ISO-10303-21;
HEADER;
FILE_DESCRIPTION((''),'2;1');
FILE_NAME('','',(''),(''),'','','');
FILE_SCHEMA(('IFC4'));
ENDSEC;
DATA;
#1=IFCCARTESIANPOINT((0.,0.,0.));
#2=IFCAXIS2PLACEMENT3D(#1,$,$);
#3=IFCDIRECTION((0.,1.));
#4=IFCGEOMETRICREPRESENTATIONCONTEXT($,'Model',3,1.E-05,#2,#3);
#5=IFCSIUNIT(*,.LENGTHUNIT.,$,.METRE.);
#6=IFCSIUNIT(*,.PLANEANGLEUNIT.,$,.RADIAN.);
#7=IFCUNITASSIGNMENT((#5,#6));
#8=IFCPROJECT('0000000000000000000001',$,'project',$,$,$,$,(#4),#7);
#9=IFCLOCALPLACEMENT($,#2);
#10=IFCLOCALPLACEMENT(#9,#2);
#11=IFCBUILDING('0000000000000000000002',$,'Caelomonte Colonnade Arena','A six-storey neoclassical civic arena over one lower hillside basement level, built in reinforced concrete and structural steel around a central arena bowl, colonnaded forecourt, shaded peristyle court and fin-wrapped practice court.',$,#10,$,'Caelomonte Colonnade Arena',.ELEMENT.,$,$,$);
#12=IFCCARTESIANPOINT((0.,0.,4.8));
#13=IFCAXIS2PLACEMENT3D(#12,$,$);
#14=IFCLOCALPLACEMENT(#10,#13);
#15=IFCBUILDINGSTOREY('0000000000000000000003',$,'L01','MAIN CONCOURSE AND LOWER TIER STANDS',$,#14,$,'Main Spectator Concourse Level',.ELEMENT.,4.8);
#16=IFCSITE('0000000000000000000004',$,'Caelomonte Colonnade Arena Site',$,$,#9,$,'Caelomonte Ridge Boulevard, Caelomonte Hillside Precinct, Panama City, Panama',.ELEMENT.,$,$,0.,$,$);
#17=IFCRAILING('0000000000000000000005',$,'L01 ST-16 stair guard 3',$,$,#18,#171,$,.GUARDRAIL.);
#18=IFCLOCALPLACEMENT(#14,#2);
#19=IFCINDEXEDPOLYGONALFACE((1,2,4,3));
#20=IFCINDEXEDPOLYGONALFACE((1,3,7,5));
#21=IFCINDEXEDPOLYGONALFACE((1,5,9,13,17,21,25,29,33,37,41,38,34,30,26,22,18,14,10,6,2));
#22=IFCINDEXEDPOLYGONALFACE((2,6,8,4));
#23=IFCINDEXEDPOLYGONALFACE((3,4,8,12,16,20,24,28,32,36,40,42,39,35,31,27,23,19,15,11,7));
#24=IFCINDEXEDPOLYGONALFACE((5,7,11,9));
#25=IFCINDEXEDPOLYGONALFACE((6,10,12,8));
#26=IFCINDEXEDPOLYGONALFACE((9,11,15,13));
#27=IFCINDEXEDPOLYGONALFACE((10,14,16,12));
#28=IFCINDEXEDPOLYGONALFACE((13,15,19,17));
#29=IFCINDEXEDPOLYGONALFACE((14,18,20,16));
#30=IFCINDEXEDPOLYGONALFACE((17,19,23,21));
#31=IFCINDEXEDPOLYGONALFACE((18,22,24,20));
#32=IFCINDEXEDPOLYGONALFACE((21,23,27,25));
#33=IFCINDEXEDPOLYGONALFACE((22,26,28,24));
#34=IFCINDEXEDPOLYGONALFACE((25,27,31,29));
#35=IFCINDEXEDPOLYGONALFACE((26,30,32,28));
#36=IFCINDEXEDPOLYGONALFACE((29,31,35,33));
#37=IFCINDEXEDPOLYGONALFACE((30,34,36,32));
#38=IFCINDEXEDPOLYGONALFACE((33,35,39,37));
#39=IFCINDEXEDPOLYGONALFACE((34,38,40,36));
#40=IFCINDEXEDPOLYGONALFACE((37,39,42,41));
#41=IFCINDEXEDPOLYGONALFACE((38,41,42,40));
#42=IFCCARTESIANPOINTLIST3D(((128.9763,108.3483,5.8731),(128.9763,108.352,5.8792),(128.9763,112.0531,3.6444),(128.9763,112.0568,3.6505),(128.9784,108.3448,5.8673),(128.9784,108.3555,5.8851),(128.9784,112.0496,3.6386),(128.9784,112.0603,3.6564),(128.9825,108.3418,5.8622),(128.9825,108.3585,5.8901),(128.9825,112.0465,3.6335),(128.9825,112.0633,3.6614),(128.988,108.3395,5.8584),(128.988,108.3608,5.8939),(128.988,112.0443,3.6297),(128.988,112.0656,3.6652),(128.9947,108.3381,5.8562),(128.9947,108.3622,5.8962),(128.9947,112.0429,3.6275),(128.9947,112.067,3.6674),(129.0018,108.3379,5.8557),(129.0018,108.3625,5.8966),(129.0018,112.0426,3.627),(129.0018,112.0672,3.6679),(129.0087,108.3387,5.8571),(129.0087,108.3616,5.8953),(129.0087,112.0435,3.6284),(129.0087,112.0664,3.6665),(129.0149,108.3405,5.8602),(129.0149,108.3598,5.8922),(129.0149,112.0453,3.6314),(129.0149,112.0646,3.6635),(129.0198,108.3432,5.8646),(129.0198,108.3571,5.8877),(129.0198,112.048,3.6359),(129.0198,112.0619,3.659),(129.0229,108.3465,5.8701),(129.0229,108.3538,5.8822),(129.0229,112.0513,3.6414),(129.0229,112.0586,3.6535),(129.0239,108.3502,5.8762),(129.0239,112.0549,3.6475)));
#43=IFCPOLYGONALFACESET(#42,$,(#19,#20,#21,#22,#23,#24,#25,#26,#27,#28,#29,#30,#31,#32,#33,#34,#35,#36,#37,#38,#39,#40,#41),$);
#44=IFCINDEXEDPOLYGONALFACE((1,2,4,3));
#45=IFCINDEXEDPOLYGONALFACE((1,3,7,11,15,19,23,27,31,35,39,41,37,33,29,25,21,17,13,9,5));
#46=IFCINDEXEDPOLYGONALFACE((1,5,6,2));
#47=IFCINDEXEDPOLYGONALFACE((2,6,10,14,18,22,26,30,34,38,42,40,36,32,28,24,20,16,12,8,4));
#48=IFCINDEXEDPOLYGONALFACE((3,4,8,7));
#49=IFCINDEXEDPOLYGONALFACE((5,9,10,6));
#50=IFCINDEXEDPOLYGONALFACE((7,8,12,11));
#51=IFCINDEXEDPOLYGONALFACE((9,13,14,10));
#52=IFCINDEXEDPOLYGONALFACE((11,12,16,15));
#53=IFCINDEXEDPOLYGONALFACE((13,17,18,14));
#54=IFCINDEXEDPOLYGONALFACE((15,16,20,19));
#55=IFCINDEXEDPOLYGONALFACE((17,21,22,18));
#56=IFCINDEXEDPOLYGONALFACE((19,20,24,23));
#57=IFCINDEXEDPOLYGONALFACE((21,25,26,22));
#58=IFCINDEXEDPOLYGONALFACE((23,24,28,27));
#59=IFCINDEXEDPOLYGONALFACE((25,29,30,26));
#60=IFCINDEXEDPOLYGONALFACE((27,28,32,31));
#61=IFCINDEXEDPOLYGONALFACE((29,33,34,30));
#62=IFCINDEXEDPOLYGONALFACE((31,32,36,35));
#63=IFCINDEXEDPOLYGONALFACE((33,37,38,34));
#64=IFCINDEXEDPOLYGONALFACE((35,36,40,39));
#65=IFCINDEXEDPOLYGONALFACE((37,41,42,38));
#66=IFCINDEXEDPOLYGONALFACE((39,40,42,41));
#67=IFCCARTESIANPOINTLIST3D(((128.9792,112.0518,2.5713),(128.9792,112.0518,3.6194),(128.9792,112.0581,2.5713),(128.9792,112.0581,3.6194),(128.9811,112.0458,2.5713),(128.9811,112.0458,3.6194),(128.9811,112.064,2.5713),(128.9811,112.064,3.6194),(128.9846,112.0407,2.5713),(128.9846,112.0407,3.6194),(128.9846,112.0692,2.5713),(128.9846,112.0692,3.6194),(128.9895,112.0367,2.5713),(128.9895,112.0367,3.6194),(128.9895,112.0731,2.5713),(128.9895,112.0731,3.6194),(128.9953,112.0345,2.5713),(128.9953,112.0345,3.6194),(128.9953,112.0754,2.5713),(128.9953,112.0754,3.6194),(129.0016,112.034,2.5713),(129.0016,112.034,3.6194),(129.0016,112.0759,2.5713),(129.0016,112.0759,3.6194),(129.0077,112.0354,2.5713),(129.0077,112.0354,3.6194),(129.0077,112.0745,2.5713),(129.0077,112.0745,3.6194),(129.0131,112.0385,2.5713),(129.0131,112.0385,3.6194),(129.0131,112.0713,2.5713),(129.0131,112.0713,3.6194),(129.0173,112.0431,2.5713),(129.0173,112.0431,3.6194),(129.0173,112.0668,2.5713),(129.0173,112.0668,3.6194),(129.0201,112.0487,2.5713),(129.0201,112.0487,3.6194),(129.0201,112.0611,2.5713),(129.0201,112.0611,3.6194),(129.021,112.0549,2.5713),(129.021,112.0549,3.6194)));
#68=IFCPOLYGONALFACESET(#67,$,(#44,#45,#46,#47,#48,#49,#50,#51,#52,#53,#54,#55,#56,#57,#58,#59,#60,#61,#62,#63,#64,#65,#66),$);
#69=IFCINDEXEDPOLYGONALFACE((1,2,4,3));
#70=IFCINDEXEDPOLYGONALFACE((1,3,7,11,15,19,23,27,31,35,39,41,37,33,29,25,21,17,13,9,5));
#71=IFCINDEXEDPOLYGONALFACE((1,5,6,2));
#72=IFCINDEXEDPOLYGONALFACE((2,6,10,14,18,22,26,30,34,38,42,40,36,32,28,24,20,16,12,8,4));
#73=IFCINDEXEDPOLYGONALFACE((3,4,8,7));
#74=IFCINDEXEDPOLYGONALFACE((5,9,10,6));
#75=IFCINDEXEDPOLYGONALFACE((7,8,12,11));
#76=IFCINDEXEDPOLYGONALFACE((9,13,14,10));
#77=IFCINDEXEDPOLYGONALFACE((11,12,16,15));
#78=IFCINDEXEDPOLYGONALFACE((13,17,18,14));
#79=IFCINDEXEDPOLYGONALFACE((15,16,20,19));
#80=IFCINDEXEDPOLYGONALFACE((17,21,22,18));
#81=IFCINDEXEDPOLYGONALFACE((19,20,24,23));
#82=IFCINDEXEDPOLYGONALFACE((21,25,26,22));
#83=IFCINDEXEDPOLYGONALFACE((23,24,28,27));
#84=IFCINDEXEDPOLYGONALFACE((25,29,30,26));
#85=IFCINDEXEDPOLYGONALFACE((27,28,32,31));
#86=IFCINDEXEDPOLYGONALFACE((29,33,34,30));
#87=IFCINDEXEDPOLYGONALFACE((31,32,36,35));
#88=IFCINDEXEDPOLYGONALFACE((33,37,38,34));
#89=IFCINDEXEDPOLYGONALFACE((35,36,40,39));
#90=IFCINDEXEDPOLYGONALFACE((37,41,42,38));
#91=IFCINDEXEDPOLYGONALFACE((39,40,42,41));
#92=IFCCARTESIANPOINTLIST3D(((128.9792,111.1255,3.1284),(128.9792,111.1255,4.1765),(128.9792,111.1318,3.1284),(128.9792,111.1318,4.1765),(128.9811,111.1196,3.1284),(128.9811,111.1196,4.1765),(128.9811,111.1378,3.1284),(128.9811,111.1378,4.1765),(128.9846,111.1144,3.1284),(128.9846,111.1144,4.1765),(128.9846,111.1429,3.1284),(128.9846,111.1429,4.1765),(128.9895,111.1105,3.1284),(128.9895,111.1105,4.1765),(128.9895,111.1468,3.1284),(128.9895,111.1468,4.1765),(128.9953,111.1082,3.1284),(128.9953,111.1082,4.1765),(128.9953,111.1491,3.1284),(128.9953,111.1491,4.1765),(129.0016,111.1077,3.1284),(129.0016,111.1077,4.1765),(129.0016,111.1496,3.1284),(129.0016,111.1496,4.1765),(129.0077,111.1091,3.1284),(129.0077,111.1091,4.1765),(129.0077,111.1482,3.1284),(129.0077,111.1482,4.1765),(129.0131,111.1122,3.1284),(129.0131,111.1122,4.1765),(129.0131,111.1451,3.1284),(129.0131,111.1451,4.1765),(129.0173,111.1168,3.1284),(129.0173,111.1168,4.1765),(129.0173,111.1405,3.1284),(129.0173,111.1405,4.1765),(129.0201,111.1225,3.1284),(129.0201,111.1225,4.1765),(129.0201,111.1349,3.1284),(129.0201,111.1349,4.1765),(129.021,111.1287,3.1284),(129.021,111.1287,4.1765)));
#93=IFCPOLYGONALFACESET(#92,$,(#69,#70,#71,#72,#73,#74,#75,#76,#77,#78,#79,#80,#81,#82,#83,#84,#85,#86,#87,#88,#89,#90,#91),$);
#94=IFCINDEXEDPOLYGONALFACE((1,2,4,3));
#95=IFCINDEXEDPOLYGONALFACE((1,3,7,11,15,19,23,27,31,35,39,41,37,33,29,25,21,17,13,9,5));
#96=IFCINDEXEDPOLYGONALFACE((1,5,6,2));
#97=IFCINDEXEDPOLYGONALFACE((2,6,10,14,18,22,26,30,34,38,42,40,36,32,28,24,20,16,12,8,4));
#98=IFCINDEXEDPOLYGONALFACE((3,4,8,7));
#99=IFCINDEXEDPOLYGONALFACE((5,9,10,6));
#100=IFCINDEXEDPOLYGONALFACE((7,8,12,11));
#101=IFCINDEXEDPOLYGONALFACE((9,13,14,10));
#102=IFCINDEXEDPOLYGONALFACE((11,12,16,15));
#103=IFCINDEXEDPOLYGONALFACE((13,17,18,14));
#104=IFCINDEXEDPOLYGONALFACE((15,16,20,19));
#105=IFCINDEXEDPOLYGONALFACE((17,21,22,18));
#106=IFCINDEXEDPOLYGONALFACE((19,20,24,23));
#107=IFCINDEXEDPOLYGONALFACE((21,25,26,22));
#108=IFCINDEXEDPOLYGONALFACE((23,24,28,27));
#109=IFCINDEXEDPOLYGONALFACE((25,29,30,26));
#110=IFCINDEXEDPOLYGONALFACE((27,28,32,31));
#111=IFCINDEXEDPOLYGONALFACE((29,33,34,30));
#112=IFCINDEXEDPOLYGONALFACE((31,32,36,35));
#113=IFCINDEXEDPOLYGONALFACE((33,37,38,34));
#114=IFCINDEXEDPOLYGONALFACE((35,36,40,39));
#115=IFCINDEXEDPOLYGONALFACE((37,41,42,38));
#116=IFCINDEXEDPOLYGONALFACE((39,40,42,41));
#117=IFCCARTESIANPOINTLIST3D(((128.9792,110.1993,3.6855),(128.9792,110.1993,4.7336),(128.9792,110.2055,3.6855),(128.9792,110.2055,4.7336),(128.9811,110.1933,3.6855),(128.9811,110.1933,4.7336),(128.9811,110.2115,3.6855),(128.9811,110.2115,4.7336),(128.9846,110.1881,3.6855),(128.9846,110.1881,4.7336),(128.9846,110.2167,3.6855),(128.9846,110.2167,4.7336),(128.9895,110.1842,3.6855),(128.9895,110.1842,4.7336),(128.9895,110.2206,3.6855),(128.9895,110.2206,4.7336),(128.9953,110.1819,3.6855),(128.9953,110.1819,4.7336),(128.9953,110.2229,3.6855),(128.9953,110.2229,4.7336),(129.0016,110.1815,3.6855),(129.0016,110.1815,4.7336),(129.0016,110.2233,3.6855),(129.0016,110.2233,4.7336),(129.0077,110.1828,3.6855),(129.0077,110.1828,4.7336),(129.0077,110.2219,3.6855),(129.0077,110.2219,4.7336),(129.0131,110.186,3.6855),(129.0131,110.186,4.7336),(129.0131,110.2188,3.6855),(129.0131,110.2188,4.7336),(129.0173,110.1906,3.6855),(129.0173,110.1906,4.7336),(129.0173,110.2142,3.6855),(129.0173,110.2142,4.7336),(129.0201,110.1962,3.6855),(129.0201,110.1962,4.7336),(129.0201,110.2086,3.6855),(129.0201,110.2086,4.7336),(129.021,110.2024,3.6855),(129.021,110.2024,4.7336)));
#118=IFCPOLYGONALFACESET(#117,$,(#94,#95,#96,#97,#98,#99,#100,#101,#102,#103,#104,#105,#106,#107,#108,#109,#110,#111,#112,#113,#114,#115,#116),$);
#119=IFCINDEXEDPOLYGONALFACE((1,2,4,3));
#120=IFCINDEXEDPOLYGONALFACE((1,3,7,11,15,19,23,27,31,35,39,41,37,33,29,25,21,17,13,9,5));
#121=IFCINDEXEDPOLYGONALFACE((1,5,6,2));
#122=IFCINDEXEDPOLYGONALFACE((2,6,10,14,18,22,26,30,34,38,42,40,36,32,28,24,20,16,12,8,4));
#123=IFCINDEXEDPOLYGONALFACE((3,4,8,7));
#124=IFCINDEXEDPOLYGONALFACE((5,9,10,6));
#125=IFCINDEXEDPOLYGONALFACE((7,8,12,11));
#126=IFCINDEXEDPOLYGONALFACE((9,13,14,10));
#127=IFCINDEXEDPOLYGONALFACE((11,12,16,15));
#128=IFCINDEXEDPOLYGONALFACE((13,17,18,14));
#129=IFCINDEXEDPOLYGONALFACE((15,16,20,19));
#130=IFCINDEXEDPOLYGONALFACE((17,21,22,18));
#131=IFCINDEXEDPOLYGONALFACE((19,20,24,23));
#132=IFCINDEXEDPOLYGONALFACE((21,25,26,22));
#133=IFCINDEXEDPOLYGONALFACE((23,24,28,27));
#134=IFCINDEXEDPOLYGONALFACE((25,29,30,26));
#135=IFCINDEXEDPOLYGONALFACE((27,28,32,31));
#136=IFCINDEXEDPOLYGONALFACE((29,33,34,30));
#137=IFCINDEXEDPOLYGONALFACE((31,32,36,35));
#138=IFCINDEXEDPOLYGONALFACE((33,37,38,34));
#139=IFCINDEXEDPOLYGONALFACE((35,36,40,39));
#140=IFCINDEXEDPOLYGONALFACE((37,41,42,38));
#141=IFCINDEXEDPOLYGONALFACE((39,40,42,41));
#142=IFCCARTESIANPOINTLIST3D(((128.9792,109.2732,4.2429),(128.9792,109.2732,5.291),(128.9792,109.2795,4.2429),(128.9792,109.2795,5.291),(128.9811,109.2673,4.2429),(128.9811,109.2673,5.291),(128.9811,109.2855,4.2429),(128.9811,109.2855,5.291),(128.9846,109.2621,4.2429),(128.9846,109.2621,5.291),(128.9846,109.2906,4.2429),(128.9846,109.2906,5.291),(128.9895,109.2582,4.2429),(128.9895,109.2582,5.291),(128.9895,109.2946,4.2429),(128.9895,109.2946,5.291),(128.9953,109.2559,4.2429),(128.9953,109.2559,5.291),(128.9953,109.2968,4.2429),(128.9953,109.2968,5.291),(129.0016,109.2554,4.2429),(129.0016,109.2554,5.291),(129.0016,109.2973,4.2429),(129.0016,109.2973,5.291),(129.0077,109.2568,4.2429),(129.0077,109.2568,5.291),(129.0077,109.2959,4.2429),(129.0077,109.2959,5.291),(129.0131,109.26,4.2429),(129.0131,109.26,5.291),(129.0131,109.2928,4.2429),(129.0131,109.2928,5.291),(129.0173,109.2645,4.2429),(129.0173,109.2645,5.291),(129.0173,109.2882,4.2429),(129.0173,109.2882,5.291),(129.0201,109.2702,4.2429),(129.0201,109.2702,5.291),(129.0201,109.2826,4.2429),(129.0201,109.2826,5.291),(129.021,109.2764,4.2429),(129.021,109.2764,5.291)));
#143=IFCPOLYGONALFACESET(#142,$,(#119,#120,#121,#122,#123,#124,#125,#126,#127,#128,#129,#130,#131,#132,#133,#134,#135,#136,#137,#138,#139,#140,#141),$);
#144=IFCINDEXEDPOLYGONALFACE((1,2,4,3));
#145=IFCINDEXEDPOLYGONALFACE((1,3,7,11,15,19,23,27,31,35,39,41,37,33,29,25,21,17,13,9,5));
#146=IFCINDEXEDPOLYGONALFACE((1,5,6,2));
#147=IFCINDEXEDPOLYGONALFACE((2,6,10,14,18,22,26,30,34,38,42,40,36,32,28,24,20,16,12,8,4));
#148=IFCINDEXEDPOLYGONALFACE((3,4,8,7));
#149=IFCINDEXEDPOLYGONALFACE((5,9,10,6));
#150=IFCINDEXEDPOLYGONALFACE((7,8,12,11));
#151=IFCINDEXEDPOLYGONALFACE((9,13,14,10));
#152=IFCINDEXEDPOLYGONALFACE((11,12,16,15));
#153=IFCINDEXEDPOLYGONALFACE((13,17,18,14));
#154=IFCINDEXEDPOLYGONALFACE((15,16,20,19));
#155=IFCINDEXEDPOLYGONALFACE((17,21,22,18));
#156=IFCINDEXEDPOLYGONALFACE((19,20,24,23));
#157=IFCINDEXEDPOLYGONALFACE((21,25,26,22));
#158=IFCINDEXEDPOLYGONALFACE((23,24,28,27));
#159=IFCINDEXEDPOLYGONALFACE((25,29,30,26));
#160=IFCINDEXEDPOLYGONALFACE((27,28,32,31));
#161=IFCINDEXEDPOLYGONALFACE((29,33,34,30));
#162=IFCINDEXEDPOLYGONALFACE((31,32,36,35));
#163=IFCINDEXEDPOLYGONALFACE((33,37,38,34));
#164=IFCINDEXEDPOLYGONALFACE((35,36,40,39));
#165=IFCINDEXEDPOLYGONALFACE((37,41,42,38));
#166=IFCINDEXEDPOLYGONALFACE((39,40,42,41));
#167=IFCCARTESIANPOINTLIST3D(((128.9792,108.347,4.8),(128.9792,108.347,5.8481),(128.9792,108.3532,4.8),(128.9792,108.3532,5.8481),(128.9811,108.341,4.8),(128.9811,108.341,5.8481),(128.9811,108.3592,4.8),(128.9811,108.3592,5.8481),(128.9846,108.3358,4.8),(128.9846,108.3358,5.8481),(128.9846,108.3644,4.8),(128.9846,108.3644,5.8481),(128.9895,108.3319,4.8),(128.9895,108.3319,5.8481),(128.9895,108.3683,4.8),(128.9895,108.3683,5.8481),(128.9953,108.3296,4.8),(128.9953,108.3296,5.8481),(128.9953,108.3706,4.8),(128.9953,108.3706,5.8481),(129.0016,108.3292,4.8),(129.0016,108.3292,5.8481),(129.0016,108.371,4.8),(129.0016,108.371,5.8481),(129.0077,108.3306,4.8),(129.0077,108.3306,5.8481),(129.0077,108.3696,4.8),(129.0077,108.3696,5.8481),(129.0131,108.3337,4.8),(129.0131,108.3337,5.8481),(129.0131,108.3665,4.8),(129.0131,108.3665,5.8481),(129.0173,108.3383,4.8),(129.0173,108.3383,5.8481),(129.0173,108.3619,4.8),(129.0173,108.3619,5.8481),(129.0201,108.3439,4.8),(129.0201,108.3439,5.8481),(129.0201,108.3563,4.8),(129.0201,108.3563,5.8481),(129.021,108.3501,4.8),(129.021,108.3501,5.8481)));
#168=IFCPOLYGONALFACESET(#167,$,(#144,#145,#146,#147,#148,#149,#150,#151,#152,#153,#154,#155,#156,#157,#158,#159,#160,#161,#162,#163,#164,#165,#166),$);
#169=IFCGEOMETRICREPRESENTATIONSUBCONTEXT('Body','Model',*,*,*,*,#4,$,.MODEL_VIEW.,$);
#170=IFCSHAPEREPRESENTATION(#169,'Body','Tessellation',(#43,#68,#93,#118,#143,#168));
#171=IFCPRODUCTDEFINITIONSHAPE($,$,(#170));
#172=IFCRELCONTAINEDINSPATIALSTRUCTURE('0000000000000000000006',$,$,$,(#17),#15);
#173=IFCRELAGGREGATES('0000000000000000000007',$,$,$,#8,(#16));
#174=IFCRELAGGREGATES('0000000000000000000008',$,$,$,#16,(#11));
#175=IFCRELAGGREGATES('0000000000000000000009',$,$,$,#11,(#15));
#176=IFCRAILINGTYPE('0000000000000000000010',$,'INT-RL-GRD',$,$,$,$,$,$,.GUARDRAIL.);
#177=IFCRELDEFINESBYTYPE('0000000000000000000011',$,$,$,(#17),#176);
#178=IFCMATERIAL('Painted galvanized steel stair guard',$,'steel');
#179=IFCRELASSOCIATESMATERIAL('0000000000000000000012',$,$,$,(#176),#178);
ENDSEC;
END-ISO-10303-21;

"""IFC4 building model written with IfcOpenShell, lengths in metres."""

from ifc_helpers import new_model, si_unit, direction, frame, origin, origin_2d, place, context, subcontext, project, spatial, circle, extrude, material, type_object, element, save


model = new_model("IFC4")

# Units and contexts
model_context = context("Model", 3, precision=1e-05, world=origin(), true_north=direction((0.0, 1.0)))
body_context = subcontext(model_context, "Body", "Model", "MODEL_VIEW")
ifc_project = project(units=[si_unit("LENGTHUNIT", "METRE"), si_unit("PLANEANGLEUNIT", "RADIAN")], contexts=[model_context])

# Site, building, storey
site_placement = place(None, origin())
site = spatial("IfcSite", under=ifc_project, at=site_placement, Name="Caelomonte Colonnade Arena Site", LongName="Caelomonte Ridge Boulevard, Caelomonte Hillside Precinct, Panama City, Panama", CompositionType="ELEMENT", RefElevation=0.0)
building_placement = place(site_placement, origin())
building = spatial("IfcBuilding", under=site, at=building_placement, Name="Caelomonte Colonnade Arena", Description="A six-storey neoclassical civic arena over one lower hillside basement level, built in reinforced concrete and structural steel around a central arena bowl, colonnaded forecourt, shaded peristyle court and fin-wrapped practice court.", LongName="Caelomonte Colonnade Arena", CompositionType="ELEMENT")
storey_placement = place(building_placement, frame((0.0, 0.0, 4.8)))
storey = spatial("IfcBuildingStorey", under=building, at=storey_placement, Name="L01", Description="MAIN CONCOURSE AND LOWER TIER STANDS", LongName="Main Spectator Concourse Level", CompositionType="ELEMENT", Elevation=4.8)

# Railing
ifc_material_1 = material(Name="Painted galvanized steel stair guard", Category="steel")
railing_type_1 = type_object("IfcRailingType", Name="INT-RL-GRD", PredefinedType="GUARDRAIL", material=ifc_material_1)
railing_1_placement = place(storey_placement, frame((129.0, 112.0549, 2.5713)))
element("IfcRailing", 1, at=railing_1_placement, inside=storey, type_object=railing_type_1, Name="L01 ST-16 stair guard 3", PredefinedType="GUARDRAIL", context=body_context, shape_type="SweptSolid", body=[
    extrude(circle(Radius=0.0239, at=origin_2d()), frame((0.0, 0.0, 1.0762), z_axis=(0.0, -0.856894, 0.515492), x_axis=(1.0, 0.0, 0.0)), (0.0, 0.0, 1.0), 4.3235),
    extrude(circle(Radius=0.021, at=origin_2d()), origin(), (0.0, 0.0, 1.0), 1.0481),
    extrude(circle(Radius=0.021, at=origin_2d()), frame((0.0, -0.9263, 0.5571)), (0.0, 0.0, 1.0), 1.0481),
    extrude(circle(Radius=0.021, at=origin_2d()), frame((0.0, -1.8525, 1.1143)), (0.0, 0.0, 1.0), 1.0481),
    extrude(circle(Radius=0.021, at=origin_2d()), frame((0.0, -2.7786, 1.6716)), (0.0, 0.0, 1.0), 1.0481),
    extrude(circle(Radius=0.021, at=origin_2d()), frame((0.0, -3.7048, 2.2288)), (0.0, 0.0, 1.0), 1.0481),
])

save(model, "model.ifc")
